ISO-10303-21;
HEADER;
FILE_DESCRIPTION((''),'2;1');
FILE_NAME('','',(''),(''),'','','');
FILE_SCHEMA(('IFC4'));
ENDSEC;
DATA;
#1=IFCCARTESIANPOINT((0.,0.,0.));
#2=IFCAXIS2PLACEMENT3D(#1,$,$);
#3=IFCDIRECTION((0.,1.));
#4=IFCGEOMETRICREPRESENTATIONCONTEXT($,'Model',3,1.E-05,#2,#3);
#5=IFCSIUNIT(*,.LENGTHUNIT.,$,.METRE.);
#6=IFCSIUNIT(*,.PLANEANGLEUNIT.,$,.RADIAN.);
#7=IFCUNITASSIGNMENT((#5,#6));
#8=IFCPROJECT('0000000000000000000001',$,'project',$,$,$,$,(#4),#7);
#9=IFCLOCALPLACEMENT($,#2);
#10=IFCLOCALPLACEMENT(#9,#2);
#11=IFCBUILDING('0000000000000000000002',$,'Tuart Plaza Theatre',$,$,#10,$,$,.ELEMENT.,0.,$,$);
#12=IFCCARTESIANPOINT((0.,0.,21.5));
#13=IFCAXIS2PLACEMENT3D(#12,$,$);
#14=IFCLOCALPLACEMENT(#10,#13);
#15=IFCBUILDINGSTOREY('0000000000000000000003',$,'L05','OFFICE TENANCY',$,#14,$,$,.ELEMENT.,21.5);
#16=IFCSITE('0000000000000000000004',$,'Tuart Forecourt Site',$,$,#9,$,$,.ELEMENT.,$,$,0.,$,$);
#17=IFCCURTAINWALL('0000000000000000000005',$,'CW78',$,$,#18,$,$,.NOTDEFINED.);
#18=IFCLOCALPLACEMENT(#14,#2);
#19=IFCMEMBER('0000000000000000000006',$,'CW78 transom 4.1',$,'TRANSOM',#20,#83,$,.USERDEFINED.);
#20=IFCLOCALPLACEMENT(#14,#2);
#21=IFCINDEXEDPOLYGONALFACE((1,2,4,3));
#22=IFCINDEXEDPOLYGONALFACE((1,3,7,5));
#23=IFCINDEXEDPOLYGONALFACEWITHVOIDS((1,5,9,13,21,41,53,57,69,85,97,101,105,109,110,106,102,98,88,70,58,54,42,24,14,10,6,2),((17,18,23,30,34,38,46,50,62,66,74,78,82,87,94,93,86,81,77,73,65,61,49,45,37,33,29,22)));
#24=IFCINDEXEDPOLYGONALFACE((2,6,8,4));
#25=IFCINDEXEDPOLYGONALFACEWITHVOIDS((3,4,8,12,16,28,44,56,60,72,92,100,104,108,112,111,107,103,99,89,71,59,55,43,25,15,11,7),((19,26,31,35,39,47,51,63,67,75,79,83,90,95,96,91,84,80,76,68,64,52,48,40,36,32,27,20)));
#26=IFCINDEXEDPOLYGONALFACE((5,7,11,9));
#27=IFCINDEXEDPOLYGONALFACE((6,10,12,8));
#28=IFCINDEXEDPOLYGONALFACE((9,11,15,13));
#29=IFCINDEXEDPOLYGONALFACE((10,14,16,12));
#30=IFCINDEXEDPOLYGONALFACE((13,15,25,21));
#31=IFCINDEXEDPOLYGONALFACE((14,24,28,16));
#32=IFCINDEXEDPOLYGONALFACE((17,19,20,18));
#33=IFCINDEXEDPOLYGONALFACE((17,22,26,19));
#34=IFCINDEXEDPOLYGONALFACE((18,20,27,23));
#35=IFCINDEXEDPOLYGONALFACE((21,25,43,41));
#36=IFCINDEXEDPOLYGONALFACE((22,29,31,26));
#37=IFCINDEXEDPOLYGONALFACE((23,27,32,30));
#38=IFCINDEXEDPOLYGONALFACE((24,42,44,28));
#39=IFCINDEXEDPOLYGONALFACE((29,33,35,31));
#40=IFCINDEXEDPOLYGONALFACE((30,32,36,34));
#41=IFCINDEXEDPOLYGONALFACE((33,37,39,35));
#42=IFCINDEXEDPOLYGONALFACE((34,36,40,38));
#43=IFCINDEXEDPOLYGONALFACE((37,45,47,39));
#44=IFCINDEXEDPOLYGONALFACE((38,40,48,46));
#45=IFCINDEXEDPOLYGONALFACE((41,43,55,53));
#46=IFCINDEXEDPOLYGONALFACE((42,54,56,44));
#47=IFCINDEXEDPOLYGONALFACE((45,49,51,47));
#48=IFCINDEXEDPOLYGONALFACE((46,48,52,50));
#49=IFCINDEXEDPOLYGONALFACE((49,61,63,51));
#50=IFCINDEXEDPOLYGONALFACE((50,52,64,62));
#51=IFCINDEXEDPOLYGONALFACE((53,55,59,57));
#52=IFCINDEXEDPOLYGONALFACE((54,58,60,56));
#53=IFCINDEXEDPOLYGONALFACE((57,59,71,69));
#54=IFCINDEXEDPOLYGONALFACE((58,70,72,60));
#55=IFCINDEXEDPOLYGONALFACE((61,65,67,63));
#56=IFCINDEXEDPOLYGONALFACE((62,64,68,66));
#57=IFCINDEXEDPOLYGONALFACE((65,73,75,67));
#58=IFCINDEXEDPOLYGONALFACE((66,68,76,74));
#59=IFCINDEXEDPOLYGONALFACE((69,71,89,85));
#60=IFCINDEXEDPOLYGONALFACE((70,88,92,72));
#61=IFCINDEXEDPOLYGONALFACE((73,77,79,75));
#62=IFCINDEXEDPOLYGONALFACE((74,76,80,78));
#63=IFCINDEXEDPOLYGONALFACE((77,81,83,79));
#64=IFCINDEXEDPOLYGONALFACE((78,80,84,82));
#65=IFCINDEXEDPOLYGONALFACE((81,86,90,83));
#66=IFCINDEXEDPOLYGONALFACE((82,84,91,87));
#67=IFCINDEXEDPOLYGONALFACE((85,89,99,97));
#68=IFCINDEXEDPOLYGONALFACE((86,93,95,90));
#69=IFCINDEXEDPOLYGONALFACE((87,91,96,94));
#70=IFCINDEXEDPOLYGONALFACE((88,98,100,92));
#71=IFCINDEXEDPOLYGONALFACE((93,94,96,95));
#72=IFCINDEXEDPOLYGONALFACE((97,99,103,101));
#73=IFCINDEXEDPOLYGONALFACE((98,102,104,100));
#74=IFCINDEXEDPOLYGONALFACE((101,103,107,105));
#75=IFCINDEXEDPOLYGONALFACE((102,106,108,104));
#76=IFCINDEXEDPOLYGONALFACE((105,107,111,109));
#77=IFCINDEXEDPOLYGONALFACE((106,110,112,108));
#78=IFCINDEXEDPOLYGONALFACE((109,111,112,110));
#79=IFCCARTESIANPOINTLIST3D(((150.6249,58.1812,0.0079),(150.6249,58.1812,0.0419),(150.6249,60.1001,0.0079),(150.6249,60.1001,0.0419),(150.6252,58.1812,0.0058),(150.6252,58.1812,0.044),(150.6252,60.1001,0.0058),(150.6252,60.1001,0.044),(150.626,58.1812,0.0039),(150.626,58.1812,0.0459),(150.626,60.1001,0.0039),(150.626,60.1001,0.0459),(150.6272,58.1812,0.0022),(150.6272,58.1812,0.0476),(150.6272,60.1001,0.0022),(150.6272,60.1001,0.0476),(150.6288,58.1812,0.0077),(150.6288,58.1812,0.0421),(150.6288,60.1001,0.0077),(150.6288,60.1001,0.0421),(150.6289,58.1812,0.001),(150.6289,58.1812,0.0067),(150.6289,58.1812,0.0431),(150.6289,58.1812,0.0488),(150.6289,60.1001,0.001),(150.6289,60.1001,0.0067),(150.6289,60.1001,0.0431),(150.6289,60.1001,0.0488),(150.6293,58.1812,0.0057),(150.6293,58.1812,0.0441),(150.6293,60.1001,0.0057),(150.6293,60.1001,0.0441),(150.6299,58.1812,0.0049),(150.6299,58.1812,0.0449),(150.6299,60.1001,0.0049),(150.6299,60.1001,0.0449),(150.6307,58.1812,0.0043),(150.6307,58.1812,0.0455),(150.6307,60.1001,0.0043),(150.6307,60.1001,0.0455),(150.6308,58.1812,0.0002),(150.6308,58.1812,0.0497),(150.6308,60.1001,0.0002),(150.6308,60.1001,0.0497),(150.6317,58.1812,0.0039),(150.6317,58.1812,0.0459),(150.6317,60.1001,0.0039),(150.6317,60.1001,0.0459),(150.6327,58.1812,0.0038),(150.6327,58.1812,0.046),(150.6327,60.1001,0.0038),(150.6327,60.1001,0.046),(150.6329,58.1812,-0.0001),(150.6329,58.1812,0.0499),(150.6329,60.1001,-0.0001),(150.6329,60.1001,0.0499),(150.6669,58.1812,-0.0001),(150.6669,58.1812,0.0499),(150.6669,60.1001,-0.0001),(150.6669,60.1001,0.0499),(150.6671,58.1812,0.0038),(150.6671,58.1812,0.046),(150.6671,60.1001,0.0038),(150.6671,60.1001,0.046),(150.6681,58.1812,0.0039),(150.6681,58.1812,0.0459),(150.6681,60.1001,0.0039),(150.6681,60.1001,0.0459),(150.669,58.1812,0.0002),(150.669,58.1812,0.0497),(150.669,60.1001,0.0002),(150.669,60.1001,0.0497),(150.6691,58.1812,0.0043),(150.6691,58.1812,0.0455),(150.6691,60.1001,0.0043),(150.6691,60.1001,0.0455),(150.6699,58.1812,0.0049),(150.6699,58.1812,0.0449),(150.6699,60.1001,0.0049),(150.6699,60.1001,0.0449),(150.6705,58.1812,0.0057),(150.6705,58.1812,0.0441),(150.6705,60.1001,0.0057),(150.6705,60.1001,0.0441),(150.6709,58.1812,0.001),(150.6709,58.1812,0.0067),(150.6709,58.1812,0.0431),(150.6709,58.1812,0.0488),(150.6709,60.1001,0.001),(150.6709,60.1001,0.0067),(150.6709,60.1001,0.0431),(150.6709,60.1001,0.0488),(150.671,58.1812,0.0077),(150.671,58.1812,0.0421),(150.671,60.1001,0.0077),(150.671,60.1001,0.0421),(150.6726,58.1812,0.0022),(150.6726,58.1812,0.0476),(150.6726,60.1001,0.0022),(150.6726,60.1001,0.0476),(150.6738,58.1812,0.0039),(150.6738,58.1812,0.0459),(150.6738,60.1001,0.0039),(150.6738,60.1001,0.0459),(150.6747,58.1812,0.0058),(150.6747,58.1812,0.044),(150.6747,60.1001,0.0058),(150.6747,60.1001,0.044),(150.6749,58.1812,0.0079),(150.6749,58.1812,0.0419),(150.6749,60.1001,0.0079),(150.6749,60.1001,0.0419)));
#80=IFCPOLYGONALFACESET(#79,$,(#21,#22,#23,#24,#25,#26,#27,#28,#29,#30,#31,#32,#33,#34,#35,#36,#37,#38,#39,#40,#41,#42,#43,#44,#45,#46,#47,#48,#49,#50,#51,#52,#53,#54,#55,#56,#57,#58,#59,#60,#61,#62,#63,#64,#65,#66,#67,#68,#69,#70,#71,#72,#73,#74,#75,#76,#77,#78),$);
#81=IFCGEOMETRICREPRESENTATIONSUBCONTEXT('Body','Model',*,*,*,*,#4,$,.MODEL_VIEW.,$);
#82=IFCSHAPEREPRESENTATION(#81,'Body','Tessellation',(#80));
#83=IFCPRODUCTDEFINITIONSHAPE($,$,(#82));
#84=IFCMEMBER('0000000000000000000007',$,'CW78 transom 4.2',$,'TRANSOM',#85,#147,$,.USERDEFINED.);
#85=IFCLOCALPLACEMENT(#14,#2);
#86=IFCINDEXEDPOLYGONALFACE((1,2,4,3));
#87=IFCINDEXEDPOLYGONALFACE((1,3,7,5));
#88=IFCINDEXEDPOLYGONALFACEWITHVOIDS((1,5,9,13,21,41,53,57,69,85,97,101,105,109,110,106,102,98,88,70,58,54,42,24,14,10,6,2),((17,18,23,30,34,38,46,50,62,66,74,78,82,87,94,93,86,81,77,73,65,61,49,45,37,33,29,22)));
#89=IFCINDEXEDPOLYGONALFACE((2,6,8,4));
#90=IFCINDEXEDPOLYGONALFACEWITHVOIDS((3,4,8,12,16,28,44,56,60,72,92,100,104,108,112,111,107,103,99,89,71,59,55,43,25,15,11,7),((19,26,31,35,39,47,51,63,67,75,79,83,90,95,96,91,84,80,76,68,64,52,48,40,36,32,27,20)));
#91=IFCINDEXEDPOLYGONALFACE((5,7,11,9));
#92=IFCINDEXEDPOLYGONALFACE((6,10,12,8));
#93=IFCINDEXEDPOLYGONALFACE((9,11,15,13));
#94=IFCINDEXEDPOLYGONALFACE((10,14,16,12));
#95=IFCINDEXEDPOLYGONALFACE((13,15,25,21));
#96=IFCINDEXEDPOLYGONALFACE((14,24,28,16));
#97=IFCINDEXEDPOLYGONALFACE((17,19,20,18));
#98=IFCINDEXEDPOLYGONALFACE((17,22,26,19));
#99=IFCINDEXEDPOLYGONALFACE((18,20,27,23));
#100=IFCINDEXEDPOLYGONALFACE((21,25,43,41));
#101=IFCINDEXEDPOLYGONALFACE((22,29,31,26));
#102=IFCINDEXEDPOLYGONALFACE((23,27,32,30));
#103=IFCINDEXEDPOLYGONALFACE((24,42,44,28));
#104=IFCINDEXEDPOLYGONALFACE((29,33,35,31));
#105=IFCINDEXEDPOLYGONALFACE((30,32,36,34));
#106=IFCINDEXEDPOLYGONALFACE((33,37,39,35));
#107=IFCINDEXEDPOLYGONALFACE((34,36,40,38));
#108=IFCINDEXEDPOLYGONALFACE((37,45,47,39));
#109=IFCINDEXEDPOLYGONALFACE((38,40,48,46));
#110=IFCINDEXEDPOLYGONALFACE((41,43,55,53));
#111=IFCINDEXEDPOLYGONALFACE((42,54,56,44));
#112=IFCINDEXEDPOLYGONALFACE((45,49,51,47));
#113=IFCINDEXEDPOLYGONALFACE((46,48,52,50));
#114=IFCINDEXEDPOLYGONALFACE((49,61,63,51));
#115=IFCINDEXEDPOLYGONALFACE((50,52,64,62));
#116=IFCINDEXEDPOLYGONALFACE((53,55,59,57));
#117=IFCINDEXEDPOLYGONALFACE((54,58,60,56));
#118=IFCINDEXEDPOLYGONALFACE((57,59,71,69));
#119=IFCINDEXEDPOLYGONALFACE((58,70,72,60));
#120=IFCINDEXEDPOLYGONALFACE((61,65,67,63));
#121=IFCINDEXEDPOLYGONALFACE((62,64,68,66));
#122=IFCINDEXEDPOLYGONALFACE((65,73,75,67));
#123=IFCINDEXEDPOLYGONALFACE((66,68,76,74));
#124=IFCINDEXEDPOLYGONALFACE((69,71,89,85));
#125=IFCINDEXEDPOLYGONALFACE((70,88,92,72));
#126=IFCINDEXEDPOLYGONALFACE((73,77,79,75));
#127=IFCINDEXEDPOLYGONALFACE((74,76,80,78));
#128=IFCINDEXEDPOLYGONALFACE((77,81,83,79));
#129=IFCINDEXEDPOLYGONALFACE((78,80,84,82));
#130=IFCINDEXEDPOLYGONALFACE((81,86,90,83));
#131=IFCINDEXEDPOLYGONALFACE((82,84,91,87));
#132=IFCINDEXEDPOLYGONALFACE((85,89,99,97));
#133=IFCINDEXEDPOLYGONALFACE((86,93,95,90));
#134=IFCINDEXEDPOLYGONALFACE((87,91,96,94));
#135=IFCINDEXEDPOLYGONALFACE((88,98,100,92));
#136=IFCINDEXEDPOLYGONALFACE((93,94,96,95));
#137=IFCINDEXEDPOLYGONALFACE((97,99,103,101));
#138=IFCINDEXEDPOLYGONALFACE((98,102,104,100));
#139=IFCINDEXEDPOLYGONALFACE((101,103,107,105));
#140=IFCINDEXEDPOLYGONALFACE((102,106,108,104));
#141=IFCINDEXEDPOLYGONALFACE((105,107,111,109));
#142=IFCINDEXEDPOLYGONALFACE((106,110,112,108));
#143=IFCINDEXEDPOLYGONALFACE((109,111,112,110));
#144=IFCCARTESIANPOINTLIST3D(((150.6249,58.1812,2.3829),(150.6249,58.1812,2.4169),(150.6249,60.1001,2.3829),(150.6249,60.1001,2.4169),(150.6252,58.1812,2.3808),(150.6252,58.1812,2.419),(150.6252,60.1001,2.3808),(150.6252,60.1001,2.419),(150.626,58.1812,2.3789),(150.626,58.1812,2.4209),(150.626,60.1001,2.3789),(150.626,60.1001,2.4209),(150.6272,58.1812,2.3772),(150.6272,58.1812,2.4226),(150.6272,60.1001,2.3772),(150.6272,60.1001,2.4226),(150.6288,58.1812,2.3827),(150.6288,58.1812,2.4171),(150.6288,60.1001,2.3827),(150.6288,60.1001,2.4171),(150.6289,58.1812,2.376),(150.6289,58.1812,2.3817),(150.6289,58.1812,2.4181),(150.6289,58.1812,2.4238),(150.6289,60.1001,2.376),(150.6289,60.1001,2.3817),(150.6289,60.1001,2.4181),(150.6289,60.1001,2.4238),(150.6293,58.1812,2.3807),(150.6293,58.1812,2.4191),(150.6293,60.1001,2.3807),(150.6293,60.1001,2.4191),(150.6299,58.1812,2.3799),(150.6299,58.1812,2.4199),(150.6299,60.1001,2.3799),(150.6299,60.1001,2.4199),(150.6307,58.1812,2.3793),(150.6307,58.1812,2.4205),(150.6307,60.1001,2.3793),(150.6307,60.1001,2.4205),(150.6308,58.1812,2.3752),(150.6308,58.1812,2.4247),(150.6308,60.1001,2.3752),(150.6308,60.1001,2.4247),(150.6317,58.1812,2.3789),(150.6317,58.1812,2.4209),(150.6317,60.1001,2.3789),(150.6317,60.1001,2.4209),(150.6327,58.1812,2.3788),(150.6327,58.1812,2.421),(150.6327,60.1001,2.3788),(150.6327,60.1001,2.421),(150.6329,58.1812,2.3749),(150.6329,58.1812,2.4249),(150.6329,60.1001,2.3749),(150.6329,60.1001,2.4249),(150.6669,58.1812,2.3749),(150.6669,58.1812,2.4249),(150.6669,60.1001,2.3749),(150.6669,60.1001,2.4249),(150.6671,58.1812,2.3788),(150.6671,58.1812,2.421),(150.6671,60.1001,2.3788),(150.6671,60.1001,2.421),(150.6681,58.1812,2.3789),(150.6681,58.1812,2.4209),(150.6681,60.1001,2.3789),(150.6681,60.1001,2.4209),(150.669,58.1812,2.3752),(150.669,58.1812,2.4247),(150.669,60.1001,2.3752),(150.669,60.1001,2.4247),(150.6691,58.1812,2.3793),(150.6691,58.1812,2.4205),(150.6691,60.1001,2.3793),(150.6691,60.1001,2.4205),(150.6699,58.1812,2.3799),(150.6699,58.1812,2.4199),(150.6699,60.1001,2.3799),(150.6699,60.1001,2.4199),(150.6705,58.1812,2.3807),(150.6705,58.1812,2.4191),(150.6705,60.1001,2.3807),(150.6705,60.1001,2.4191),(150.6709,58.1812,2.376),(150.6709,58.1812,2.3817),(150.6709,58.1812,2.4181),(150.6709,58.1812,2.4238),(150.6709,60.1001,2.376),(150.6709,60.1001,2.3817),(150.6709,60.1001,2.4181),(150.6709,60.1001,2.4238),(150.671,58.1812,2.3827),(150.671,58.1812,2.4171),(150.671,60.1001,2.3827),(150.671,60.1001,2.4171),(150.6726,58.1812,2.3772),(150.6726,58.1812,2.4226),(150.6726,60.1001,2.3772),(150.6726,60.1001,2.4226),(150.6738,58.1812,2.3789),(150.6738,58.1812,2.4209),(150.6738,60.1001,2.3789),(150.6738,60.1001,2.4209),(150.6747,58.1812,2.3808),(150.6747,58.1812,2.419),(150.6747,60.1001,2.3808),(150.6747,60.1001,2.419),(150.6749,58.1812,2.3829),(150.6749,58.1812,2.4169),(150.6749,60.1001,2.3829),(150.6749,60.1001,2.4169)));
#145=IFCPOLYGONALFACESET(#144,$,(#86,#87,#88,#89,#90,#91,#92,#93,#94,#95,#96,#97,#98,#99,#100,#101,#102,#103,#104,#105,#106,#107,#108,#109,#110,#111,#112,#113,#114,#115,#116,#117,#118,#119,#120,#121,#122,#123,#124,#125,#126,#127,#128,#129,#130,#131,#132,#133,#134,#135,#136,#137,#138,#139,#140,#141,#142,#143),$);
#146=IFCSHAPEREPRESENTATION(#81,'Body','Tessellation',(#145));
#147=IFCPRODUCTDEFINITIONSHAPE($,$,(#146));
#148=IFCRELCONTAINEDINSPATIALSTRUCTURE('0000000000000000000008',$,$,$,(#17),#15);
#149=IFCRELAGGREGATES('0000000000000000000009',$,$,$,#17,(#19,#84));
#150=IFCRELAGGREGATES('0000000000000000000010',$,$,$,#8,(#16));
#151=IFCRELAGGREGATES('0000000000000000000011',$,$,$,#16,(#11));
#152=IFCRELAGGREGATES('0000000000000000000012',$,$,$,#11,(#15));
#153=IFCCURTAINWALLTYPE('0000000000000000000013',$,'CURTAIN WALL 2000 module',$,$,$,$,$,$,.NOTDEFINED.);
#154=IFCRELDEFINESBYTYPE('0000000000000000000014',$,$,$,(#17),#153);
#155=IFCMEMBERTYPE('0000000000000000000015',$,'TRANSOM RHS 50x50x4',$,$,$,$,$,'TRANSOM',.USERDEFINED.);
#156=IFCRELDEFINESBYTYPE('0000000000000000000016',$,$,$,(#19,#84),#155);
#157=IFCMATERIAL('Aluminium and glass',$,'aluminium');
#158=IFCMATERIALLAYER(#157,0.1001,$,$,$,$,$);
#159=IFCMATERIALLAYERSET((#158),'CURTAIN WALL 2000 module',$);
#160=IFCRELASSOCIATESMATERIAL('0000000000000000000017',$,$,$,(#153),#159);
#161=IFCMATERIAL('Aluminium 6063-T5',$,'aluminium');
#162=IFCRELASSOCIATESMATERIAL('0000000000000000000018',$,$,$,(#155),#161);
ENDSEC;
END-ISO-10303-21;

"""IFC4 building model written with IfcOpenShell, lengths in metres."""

from ifc_helpers import new_model, si_unit, direction, frame, origin, origin_2d, place, context, subcontext, project, spatial, hollow_rectangle, extrude, material, layer, layer_set, material_profile, profile_set, type_object, element, aggregate, save


model = new_model("IFC4")

# Units and contexts
model_context = context("Model", 3, precision=1e-05, world=origin(), true_north=direction((0.0, 1.0)))
body_context = subcontext(model_context, "Body", "Model", "MODEL_VIEW")
ifc_project = project(units=[si_unit("LENGTHUNIT", "METRE"), si_unit("PLANEANGLEUNIT", "RADIAN")], contexts=[model_context])

# Site, building, storey
site_placement = place(None, origin())
site = spatial("IfcSite", under=ifc_project, at=site_placement, Name="Tuart Forecourt Site", CompositionType="ELEMENT", RefElevation=0.0)
building_placement = place(site_placement, origin())
building = spatial("IfcBuilding", under=site, at=building_placement, Name="Tuart Plaza Theatre", CompositionType="ELEMENT", ElevationOfRefHeight=0.0)
storey_placement = place(building_placement, frame((0.0, 0.0, 21.5)))
storey = spatial("IfcBuildingStorey", under=building, at=storey_placement, Name="L05", Description="OFFICE TENANCY", CompositionType="ELEMENT", Elevation=21.5)

# Curtain wall, members
ifc_material_1 = material(Name="Aluminium and glass", Category="aluminium")
ifc_layer_1 = layer(ifc_material_1, 0.1001)
ifc_layer_set_1 = layer_set([ifc_layer_1], Name="CURTAIN WALL 2000 module")
curtain_wall_type = type_object("IfcCurtainWallType", Name="CURTAIN WALL 2000 module", PredefinedType="NOTDEFINED", material=ifc_layer_set_1)
curtain_wall_placement = place(storey_placement, origin())
curtain_wall = element("IfcCurtainWall", 1, at=curtain_wall_placement, inside=storey, type_object=curtain_wall_type, Name="CW78", PredefinedType="NOTDEFINED")
ifc_material_2 = material(Name="Aluminium 6063-T5", Category="aluminium")
ifc_material_profile_1 = material_profile(ifc_material_2, hollow_rectangle(XDim=0.05, YDim=0.05, WallThickness=0.0039, InnerFilletRadius=0.0039, OuterFilletRadius=0.0081, at=origin_2d()), Name="RHS 50x50x4")
ifc_profile_set_1 = profile_set([ifc_material_profile_1], Name="Aluminium 6063-T5")
member_type_1 = type_object("IfcMemberType", Name="TRANSOM RHS 50x50x4", ElementType="TRANSOM", PredefinedType="USERDEFINED", material=ifc_profile_set_1)
member_1_placement = place(storey_placement, frame((150.6499, 58.1812, 0.0249), z_axis=(0.0, 1.0, 0.0), x_axis=(-1.0, 0.0, 0.0)))
member_1 = element("IfcMember", 2, at=member_1_placement, type_object=member_type_1, Name="CW78 transom 4.1", ObjectType="TRANSOM", PredefinedType="USERDEFINED", context=body_context, shape_type="SweptSolid", body=[
    extrude(hollow_rectangle(XDim=0.05, YDim=0.05, WallThickness=0.0039, InnerFilletRadius=0.0039, OuterFilletRadius=0.0081, at=origin_2d()), origin(), (0.0, 0.0, 1.0), 1.9189),
])
member_2_placement = place(storey_placement, frame((150.6499, 58.1812, 2.3999), z_axis=(0.0, 1.0, 0.0), x_axis=(-1.0, 0.0, 0.0)))
member_2 = element("IfcMember", 3, at=member_2_placement, type_object=member_type_1, Name="CW78 transom 4.2", ObjectType="TRANSOM", PredefinedType="USERDEFINED", context=body_context, shape_type="SweptSolid", body=[
    extrude(hollow_rectangle(XDim=0.05, YDim=0.05, WallThickness=0.0039, InnerFilletRadius=0.0039, OuterFilletRadius=0.0081, at=origin_2d()), origin(), (0.0, 0.0, 1.0), 1.9189),
])
aggregate(curtain_wall, [member_1, member_2])

save(model, "model.ifc")
